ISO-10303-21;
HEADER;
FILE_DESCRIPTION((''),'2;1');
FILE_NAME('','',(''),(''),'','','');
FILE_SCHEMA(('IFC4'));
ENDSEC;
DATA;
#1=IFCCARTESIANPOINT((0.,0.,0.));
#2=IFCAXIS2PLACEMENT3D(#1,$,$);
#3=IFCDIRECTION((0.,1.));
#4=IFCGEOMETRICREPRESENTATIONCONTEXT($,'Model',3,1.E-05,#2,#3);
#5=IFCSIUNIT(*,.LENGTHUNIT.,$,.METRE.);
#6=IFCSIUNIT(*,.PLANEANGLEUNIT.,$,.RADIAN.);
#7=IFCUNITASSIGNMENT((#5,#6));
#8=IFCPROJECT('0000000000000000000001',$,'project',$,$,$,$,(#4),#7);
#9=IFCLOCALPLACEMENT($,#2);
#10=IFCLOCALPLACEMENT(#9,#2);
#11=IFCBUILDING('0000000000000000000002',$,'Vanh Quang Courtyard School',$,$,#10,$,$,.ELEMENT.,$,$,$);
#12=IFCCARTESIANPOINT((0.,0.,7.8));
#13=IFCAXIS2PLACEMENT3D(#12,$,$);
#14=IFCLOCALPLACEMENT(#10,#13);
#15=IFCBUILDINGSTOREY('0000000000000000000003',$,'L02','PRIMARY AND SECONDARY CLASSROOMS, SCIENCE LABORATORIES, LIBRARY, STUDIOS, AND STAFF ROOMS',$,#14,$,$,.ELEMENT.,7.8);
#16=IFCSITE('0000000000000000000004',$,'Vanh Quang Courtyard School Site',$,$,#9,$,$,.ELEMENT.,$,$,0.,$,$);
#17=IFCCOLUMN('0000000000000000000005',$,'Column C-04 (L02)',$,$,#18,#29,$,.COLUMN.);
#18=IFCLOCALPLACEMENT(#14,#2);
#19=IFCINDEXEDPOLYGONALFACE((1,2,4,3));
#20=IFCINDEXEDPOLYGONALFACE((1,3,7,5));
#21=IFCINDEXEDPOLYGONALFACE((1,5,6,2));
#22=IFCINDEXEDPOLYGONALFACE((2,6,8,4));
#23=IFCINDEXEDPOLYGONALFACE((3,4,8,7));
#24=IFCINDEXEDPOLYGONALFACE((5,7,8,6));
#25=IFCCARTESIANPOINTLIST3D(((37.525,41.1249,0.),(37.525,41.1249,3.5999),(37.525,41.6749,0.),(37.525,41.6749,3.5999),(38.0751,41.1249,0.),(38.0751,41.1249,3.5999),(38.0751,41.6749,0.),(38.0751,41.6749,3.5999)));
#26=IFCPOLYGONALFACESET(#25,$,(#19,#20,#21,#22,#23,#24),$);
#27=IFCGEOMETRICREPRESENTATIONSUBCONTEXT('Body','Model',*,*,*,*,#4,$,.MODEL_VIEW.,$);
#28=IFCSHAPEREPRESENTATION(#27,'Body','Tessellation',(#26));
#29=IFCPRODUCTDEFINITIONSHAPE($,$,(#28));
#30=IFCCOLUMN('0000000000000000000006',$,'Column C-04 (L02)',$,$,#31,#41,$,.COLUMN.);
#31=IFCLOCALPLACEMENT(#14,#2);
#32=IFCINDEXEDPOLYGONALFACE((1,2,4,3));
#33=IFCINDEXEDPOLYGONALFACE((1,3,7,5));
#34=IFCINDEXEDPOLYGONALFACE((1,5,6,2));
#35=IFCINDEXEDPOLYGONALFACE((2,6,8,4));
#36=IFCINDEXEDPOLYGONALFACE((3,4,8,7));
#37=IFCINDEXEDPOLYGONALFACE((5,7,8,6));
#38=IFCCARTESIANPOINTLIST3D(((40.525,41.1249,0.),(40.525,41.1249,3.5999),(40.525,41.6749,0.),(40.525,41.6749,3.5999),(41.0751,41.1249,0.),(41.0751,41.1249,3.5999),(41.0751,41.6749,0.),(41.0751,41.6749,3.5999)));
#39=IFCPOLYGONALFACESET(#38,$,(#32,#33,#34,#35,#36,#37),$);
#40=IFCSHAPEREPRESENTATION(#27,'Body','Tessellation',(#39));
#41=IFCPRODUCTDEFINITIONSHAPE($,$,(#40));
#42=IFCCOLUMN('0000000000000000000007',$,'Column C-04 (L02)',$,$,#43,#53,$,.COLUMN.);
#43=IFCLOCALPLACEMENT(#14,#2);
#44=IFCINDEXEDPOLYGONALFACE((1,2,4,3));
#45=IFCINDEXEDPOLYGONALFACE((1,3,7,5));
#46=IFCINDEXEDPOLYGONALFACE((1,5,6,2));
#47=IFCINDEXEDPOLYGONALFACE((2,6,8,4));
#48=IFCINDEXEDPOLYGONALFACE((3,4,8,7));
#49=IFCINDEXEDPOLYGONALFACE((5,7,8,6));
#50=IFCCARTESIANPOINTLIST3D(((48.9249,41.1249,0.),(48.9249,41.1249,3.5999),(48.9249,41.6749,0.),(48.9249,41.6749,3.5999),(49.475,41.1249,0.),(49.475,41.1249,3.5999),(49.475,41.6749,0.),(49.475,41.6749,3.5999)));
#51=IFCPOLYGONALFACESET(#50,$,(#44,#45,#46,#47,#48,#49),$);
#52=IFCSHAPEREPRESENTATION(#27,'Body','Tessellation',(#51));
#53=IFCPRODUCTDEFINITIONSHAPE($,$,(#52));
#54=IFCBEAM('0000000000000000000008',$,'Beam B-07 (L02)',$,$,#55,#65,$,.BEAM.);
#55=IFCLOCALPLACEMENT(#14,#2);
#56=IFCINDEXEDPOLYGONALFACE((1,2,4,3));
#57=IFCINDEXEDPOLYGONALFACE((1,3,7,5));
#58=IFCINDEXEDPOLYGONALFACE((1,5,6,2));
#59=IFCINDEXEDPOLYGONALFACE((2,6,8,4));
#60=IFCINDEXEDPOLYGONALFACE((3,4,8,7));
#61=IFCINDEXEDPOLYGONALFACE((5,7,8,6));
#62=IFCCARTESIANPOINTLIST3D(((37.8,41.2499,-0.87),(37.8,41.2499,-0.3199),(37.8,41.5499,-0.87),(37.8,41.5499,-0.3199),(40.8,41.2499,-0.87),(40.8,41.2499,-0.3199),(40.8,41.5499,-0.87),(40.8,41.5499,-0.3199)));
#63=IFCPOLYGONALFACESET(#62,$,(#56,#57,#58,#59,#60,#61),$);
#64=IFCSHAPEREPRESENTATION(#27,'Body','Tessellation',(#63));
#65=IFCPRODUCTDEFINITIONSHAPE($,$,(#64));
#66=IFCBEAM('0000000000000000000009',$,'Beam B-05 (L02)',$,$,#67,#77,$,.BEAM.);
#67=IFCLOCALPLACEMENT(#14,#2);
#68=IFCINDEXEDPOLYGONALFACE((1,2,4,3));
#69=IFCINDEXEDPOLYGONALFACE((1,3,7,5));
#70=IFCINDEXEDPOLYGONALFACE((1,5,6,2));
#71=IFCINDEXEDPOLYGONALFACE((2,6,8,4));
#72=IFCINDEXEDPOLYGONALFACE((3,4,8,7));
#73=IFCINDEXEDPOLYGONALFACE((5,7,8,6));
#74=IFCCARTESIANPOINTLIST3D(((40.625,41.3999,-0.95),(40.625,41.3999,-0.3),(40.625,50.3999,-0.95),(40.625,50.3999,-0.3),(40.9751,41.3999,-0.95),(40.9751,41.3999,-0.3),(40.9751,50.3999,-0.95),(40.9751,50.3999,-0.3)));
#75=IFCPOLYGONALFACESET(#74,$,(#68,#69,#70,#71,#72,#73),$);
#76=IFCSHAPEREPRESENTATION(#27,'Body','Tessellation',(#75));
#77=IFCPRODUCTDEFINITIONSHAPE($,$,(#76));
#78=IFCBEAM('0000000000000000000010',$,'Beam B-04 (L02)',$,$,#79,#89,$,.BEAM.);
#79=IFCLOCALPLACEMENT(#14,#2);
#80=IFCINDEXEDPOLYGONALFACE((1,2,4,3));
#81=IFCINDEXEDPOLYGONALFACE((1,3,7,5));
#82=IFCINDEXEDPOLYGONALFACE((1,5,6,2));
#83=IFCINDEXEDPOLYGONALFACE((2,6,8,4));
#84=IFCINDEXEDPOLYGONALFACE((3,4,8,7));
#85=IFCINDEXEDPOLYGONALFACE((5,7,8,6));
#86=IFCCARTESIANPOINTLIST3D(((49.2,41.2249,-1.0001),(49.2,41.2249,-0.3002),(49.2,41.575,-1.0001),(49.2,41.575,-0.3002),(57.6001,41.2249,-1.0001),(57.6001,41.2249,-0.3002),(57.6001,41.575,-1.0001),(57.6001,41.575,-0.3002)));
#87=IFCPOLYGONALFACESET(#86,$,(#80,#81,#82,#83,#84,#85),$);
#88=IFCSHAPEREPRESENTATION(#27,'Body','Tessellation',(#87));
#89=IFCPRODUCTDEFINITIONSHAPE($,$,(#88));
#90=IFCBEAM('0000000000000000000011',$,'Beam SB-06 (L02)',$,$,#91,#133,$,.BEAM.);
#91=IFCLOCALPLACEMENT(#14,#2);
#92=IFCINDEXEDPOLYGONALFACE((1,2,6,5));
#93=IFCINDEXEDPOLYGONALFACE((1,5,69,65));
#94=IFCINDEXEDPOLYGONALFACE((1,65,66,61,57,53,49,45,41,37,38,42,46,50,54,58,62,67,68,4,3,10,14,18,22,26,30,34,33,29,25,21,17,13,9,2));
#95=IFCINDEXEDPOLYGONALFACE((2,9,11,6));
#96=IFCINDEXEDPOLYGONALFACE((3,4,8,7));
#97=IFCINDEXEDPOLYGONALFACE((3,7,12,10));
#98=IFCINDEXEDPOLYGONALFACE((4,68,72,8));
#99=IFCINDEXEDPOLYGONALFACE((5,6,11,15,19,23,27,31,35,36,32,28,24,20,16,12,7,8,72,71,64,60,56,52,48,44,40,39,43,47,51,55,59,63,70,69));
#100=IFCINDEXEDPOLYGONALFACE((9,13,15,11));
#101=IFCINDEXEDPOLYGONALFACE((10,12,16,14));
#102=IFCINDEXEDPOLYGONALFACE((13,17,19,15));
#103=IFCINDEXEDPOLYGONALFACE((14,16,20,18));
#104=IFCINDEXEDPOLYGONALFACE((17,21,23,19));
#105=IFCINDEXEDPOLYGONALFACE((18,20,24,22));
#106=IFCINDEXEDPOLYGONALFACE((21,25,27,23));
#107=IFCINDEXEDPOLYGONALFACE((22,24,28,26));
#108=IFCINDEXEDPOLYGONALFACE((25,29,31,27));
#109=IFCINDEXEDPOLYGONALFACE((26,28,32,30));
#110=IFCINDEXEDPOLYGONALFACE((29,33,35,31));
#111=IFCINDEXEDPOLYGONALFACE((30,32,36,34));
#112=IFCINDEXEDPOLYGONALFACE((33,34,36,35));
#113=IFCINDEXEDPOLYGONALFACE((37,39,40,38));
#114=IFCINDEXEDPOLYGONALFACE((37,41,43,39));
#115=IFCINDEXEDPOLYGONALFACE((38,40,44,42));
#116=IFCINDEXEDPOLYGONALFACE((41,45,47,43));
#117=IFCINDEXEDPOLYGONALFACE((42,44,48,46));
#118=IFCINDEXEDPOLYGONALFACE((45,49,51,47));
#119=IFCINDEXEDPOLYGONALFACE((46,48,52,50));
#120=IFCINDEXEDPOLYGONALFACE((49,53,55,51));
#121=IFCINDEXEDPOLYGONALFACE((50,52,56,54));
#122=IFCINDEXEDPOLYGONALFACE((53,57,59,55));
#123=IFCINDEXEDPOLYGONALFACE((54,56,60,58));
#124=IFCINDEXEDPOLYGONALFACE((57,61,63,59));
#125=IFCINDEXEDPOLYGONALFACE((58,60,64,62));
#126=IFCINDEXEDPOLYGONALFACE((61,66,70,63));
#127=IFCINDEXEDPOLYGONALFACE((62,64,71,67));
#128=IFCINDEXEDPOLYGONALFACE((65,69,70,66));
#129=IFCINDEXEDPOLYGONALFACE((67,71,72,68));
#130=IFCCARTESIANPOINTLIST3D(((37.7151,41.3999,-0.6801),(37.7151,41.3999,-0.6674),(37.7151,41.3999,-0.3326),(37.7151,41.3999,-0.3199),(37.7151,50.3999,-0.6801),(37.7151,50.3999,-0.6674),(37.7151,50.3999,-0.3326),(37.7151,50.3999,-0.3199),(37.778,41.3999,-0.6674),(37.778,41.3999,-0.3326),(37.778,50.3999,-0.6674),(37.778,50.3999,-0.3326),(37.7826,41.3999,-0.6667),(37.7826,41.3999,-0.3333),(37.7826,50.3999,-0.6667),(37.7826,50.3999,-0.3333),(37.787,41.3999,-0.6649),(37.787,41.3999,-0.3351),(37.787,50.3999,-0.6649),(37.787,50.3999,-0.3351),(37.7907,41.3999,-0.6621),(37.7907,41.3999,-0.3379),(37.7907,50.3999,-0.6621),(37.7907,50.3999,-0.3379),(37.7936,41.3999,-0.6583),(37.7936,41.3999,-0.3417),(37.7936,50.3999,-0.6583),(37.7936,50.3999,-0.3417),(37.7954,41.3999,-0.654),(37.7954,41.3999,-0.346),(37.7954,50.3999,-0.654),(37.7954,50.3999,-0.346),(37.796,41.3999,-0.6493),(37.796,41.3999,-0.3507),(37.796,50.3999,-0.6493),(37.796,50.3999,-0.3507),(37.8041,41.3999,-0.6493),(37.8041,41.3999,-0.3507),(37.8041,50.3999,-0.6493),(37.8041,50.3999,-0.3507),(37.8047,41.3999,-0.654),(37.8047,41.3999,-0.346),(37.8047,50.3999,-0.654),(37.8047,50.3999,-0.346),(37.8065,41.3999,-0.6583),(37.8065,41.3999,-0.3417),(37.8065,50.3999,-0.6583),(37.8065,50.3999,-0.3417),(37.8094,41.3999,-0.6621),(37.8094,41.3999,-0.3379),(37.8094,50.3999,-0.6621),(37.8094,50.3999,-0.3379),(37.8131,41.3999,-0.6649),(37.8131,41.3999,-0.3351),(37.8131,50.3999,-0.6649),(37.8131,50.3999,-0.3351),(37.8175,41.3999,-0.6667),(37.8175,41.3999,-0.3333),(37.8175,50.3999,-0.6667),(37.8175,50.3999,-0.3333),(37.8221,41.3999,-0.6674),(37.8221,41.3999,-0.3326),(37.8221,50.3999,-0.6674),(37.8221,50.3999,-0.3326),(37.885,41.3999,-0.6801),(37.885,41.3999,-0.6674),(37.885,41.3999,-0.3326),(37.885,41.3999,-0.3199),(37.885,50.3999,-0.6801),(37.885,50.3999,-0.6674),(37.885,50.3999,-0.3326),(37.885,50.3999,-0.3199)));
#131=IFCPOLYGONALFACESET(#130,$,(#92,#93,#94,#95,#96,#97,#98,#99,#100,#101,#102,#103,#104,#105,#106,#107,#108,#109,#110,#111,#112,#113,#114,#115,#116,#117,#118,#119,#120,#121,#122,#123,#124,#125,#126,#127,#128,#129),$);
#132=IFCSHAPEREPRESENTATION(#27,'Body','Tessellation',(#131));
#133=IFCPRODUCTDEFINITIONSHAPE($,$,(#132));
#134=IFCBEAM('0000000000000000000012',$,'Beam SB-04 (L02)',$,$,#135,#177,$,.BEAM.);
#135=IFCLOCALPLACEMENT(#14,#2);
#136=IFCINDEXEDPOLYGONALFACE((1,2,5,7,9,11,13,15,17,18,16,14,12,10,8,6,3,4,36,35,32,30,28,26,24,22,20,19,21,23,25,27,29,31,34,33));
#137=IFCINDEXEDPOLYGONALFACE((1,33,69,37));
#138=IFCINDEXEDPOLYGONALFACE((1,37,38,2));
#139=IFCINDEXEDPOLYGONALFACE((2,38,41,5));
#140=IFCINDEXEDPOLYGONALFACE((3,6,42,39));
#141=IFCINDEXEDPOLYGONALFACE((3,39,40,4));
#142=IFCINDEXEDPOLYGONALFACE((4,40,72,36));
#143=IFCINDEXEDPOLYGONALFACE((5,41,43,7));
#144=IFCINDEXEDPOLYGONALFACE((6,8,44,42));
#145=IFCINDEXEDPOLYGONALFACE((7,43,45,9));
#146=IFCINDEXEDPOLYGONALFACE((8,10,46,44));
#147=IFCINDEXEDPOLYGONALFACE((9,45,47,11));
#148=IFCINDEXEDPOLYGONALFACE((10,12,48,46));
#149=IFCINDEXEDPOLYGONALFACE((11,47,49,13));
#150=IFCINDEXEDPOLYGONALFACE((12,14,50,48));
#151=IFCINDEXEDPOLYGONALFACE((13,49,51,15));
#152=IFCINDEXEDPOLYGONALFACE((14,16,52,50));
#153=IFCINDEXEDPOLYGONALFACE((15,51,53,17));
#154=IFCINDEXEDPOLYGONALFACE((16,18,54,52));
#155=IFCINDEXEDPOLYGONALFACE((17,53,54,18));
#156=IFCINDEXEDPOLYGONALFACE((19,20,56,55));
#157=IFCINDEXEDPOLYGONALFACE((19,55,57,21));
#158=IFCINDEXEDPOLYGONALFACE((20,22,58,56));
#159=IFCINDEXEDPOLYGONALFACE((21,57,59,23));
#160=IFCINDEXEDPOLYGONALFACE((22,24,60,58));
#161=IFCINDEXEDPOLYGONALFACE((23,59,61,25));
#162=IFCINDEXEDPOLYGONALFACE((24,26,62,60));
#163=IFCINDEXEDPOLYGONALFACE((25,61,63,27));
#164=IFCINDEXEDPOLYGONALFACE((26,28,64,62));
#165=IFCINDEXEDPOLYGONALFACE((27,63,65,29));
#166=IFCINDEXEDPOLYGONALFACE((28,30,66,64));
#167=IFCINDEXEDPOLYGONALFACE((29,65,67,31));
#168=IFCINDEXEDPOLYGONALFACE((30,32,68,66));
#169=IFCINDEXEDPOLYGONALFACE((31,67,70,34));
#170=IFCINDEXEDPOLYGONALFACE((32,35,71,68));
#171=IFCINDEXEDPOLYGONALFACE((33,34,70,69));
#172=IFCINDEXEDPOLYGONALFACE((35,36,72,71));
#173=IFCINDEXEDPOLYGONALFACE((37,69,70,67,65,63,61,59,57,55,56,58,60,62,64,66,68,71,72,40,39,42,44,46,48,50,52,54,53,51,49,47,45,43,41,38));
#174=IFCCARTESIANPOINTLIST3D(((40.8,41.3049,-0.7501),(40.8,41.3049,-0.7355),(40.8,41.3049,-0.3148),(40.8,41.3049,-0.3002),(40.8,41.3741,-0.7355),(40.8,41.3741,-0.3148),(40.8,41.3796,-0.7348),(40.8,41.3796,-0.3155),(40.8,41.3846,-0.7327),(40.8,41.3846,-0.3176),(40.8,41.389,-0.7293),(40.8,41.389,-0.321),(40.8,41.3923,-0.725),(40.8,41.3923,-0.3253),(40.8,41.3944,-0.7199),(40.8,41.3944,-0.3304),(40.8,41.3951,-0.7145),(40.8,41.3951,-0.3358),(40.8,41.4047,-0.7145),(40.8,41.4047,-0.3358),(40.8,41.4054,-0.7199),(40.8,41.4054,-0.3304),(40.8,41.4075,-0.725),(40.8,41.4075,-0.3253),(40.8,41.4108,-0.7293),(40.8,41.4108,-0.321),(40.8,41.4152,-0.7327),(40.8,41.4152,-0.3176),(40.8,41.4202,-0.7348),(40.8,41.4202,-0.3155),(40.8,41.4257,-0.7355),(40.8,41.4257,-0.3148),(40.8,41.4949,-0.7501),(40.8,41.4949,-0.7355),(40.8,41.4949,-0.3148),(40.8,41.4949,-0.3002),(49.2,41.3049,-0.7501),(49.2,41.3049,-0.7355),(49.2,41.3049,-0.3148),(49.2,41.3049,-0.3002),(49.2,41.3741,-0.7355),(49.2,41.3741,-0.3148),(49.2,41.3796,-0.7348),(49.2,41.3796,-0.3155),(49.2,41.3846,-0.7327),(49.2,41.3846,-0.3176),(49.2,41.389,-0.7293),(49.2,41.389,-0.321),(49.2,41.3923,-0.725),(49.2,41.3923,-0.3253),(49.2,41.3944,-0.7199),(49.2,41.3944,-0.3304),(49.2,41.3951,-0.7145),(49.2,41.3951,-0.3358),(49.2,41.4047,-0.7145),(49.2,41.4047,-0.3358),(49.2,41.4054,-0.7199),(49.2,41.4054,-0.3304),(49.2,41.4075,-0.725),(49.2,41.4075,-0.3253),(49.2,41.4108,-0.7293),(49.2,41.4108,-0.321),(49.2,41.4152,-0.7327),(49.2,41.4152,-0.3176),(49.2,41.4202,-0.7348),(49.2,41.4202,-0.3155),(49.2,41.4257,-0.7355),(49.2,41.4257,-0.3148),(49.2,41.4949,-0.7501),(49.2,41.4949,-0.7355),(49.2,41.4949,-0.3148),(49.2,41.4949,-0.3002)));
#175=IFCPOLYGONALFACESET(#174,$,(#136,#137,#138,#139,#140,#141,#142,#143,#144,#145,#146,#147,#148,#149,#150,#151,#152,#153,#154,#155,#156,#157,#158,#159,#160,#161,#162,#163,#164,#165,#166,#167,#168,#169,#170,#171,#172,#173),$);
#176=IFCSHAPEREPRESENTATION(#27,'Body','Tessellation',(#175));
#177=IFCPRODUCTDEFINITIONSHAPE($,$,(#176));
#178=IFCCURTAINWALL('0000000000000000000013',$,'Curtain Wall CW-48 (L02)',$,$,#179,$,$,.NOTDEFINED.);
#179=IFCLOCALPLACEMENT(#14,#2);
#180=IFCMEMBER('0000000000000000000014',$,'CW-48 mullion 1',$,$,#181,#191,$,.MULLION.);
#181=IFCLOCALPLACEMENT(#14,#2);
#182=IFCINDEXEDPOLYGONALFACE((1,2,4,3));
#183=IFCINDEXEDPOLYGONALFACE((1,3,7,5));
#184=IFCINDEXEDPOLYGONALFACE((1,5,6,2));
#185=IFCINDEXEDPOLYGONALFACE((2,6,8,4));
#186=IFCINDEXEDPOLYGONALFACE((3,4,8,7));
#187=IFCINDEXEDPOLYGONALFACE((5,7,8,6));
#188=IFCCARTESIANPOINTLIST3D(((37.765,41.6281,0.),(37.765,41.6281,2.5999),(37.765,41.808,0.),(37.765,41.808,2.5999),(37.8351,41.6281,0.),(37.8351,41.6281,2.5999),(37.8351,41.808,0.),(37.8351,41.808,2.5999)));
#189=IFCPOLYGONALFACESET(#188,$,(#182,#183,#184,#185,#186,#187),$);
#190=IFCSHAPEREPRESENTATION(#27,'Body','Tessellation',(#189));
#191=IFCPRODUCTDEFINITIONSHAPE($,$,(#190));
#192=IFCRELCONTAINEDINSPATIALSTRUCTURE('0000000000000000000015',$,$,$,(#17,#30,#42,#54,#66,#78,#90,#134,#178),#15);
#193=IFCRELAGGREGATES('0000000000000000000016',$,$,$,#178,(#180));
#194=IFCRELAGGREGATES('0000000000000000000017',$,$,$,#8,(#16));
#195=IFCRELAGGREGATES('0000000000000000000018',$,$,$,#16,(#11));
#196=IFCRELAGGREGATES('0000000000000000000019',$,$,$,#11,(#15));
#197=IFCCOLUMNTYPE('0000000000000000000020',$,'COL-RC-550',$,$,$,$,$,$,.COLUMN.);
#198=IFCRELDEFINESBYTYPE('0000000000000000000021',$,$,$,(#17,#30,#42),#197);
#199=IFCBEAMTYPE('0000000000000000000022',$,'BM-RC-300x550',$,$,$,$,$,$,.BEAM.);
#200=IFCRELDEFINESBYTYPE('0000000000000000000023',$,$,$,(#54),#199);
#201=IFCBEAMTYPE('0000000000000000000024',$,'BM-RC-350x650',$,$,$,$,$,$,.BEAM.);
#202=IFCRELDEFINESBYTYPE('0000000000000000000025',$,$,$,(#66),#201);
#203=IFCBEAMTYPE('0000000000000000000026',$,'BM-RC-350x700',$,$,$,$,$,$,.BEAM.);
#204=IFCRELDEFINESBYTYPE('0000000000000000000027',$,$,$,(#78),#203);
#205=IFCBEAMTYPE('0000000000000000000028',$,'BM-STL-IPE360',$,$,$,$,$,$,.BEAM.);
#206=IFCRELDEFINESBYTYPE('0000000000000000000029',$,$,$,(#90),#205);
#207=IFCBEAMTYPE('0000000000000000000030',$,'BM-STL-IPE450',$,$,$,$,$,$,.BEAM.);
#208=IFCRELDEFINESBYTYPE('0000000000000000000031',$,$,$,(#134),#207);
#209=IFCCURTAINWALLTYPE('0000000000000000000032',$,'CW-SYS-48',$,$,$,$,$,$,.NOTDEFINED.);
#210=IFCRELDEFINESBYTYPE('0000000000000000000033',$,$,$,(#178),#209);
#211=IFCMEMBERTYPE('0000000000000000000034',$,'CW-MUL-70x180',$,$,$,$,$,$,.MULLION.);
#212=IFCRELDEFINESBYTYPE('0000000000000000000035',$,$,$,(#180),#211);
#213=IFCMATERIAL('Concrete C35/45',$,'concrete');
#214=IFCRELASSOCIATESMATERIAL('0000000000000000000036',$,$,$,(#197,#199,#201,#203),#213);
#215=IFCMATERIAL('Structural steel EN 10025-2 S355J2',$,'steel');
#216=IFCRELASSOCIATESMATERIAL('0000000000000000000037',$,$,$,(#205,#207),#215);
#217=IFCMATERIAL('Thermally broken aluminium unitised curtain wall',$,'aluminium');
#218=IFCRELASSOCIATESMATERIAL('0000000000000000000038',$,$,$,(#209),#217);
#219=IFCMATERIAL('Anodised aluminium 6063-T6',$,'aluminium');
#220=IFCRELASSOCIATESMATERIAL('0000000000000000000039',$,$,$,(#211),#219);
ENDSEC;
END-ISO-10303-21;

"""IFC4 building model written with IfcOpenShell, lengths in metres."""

from ifc_helpers import new_model, si_unit, direction, frame, origin, origin_2d, place, context, subcontext, project, spatial, rectangle, i_section, extrude, material, material_profile, profile_set, type_object, element, aggregate, save


model = new_model("IFC4")

# Units and contexts
model_context = context("Model", 3, precision=1e-05, world=origin(), true_north=direction((0.0, 1.0)))
body_context = subcontext(model_context, "Body", "Model", "MODEL_VIEW")
ifc_project = project(units=[si_unit("LENGTHUNIT", "METRE"), si_unit("PLANEANGLEUNIT", "RADIAN")], contexts=[model_context])

# Site, building, storey
site_placement = place(None, origin())
site = spatial("IfcSite", under=ifc_project, at=site_placement, Name="Vanh Quang Courtyard School Site", CompositionType="ELEMENT", RefElevation=0.0)
building_placement = place(site_placement, origin())
building = spatial("IfcBuilding", under=site, at=building_placement, Name="Vanh Quang Courtyard School", CompositionType="ELEMENT")
storey_placement = place(building_placement, frame((0.0, 0.0, 7.8)))
storey = spatial("IfcBuildingStorey", under=building, at=storey_placement, Name="L02", Description="PRIMARY AND SECONDARY CLASSROOMS, SCIENCE LABORATORIES, LIBRARY, STUDIOS, AND STAFF ROOMS", CompositionType="ELEMENT", Elevation=7.8)

# Columns
ifc_material_1 = material(Name="Concrete C35/45", Category="concrete")
ifc_material_profile_1 = material_profile(ifc_material_1, rectangle(XDim=0.55, YDim=0.55, at=origin_2d()), Name="RC-COL 550x550")
ifc_profile_set_1 = profile_set([ifc_material_profile_1], Name="Concrete C35/45")
column_type = type_object("IfcColumnType", Name="COL-RC-550", PredefinedType="COLUMN", material=ifc_profile_set_1)
for number, where, z_axis, x_axis, name in (
    (1, (37.8, 41.3999, 0.0), (0.0, 0.0, 1.0), (1.0, 0.0, 0.0), "Column C-04 (L02)"),
    (2, (40.8, 41.3999, 0.0), (0.0, 0.0, 1.0), (1.0, 0.0, 0.0), "Column C-04 (L02)"),
    (3, (49.2, 41.3999, 0.0), (0.0, 0.0, 1.0), (1.0, 0.0, 0.0), "Column C-04 (L02)"),
):
    element("IfcColumn", number, at=place(storey_placement, frame(where, z_axis=z_axis, x_axis=x_axis)), inside=storey, type_object=column_type, Name=name, PredefinedType="COLUMN", context=body_context, shape_type="SweptSolid", body=[
        extrude(rectangle(XDim=0.55, YDim=0.55, at=origin_2d()), origin(), (0.0, 0.0, 1.0), 3.5999),
    ])

# Beams
ifc_material_profile_2 = material_profile(ifc_material_1, rectangle(XDim=0.3, YDim=0.55, at=origin_2d()), Name="RC-BM 300x550")
ifc_profile_set_2 = profile_set([ifc_material_profile_2], Name="Concrete C35/45")
beam_type_1 = type_object("IfcBeamType", Name="BM-RC-300x550", PredefinedType="BEAM", material=ifc_profile_set_2)
beam_1_placement = place(storey_placement, frame((37.8, 41.3999, -0.595), z_axis=(1.0, 0.0, 0.0), x_axis=(0.0, 1.0, 0.0)))
element("IfcBeam", 4, at=beam_1_placement, inside=storey, type_object=beam_type_1, Name="Beam B-07 (L02)", PredefinedType="BEAM", context=body_context, shape_type="SweptSolid", body=[
    extrude(rectangle(XDim=0.3, YDim=0.55, at=origin_2d()), origin(), (0.0, 0.0, 1.0), 3.0),
])
ifc_material_profile_3 = material_profile(ifc_material_1, rectangle(XDim=0.3501, YDim=0.6499, at=origin_2d()), Name="RC-BM 350x650")
ifc_profile_set_3 = profile_set([ifc_material_profile_3], Name="Concrete C35/45")
beam_type_2 = type_object("IfcBeamType", Name="BM-RC-350x650", PredefinedType="BEAM", material=ifc_profile_set_3)
beam_2_placement = place(storey_placement, frame((40.8, 41.3999, -0.625), z_axis=(0.0, 1.0, 0.0), x_axis=(-1.0, 0.0, 0.0)))
element("IfcBeam", 5, at=beam_2_placement, inside=storey, type_object=beam_type_2, Name="Beam B-05 (L02)", PredefinedType="BEAM", context=body_context, shape_type="SweptSolid", body=[
    extrude(rectangle(XDim=0.3501, YDim=0.6499, at=origin_2d()), origin(), (0.0, 0.0, 1.0), 9.0),
])
ifc_material_profile_4 = material_profile(ifc_material_1, rectangle(XDim=0.3501, YDim=0.7, at=origin_2d()), Name="RC-BM 350x700")
ifc_profile_set_4 = profile_set([ifc_material_profile_4], Name="Concrete C35/45")
beam_type_3 = type_object("IfcBeamType", Name="BM-RC-350x700", PredefinedType="BEAM", material=ifc_profile_set_4)
beam_3_placement = place(storey_placement, frame((49.2, 41.3999, -0.6501), z_axis=(1.0, 0.0, 0.0), x_axis=(0.0, 1.0, 0.0)))
element("IfcBeam", 6, at=beam_3_placement, inside=storey, type_object=beam_type_3, Name="Beam B-04 (L02)", PredefinedType="BEAM", context=body_context, shape_type="SweptSolid", body=[
    extrude(rectangle(XDim=0.3501, YDim=0.7, at=origin_2d()), origin(), (0.0, 0.0, 1.0), 8.4001),
])
ifc_material_2 = material(Name="Structural steel EN 10025-2 S355J2", Category="steel")
ifc_material_profile_5 = material_profile(ifc_material_2, i_section(OverallWidth=0.1699, OverallDepth=0.3601, WebThickness=0.0081, FlangeThickness=0.0127, FilletRadius=0.0181, at=origin_2d()), Name="IPE 360")
ifc_profile_set_5 = profile_set([ifc_material_profile_5], Name="Structural steel EN 10025-2 S355J2")
beam_type_4 = type_object("IfcBeamType", Name="BM-STL-IPE360", PredefinedType="BEAM", material=ifc_profile_set_5)
beam_4_placement = place(storey_placement, frame((37.8, 41.3999, -0.5), z_axis=(0.0, 1.0, 0.0), x_axis=(-1.0, 0.0, 0.0)))
element("IfcBeam", 7, at=beam_4_placement, inside=storey, type_object=beam_type_4, Name="Beam SB-06 (L02)", PredefinedType="BEAM", context=body_context, shape_type="SweptSolid", body=[
    extrude(i_section(OverallWidth=0.1699, OverallDepth=0.3601, WebThickness=0.0081, FlangeThickness=0.0127, FilletRadius=0.0181, at=origin_2d()), origin(), (0.0, 0.0, 1.0), 9.0),
])
ifc_material_profile_6 = material_profile(ifc_material_2, i_section(OverallWidth=0.1899, OverallDepth=0.45, WebThickness=0.0095, FlangeThickness=0.0146, FilletRadius=0.021, at=origin_2d()), Name="IPE 450")
ifc_profile_set_6 = profile_set([ifc_material_profile_6], Name="Structural steel EN 10025-2 S355J2")
beam_type_5 = type_object("IfcBeamType", Name="BM-STL-IPE450", PredefinedType="BEAM", material=ifc_profile_set_6)
beam_5_placement = place(storey_placement, frame((40.8, 41.3999, -0.5251), z_axis=(1.0, 0.0, 0.0), x_axis=(0.0, 1.0, 0.0)))
element("IfcBeam", 8, at=beam_5_placement, inside=storey, type_object=beam_type_5, Name="Beam SB-04 (L02)", PredefinedType="BEAM", context=body_context, shape_type="SweptSolid", body=[
    extrude(i_section(OverallWidth=0.1899, OverallDepth=0.45, WebThickness=0.0095, FlangeThickness=0.0146, FilletRadius=0.021, at=origin_2d()), origin(), (0.0, 0.0, 1.0), 8.3999),
])

# Curtain wall, member
ifc_material_3 = material(Name="Thermally broken aluminium unitised curtain wall", Category="aluminium")
curtain_wall_type_1 = type_object("IfcCurtainWallType", Name="CW-SYS-48", PredefinedType="NOTDEFINED", material=ifc_material_3)
curtain_wall_1_placement = place(storey_placement, origin())
curtain_wall_1 = element("IfcCurtainWall", 9, at=curtain_wall_1_placement, inside=storey, type_object=curtain_wall_type_1, Name="Curtain Wall CW-48 (L02)", PredefinedType="NOTDEFINED")
ifc_material_4 = material(Name="Anodised aluminium 6063-T6", Category="aluminium")
ifc_material_profile_7 = material_profile(ifc_material_4, rectangle(XDim=0.0701, YDim=0.1799, at=origin_2d()), Name="ALU-MUL 70x180")
ifc_profile_set_7 = profile_set([ifc_material_profile_7], Name="Anodised aluminium 6063-T6")
member_type_1 = type_object("IfcMemberType", Name="CW-MUL-70x180", PredefinedType="MULLION", material=ifc_profile_set_7)
member_1_placement = place(storey_placement, frame((37.8, 41.718, 0.0), z_axis=(0.0, 0.0, 1.0), x_axis=(-1.0, 0.0, 0.0)))
member_1 = element("IfcMember", 10, at=member_1_placement, type_object=member_type_1, Name="CW-48 mullion 1", PredefinedType="MULLION", context=body_context, shape_type="SweptSolid", body=[
    extrude(rectangle(XDim=0.0701, YDim=0.1799, at=origin_2d()), origin(), (0.0, 0.0, 1.0), 2.5999),
])

aggregate(curtain_wall_1, [member_1])

save(model, "model.ifc")
